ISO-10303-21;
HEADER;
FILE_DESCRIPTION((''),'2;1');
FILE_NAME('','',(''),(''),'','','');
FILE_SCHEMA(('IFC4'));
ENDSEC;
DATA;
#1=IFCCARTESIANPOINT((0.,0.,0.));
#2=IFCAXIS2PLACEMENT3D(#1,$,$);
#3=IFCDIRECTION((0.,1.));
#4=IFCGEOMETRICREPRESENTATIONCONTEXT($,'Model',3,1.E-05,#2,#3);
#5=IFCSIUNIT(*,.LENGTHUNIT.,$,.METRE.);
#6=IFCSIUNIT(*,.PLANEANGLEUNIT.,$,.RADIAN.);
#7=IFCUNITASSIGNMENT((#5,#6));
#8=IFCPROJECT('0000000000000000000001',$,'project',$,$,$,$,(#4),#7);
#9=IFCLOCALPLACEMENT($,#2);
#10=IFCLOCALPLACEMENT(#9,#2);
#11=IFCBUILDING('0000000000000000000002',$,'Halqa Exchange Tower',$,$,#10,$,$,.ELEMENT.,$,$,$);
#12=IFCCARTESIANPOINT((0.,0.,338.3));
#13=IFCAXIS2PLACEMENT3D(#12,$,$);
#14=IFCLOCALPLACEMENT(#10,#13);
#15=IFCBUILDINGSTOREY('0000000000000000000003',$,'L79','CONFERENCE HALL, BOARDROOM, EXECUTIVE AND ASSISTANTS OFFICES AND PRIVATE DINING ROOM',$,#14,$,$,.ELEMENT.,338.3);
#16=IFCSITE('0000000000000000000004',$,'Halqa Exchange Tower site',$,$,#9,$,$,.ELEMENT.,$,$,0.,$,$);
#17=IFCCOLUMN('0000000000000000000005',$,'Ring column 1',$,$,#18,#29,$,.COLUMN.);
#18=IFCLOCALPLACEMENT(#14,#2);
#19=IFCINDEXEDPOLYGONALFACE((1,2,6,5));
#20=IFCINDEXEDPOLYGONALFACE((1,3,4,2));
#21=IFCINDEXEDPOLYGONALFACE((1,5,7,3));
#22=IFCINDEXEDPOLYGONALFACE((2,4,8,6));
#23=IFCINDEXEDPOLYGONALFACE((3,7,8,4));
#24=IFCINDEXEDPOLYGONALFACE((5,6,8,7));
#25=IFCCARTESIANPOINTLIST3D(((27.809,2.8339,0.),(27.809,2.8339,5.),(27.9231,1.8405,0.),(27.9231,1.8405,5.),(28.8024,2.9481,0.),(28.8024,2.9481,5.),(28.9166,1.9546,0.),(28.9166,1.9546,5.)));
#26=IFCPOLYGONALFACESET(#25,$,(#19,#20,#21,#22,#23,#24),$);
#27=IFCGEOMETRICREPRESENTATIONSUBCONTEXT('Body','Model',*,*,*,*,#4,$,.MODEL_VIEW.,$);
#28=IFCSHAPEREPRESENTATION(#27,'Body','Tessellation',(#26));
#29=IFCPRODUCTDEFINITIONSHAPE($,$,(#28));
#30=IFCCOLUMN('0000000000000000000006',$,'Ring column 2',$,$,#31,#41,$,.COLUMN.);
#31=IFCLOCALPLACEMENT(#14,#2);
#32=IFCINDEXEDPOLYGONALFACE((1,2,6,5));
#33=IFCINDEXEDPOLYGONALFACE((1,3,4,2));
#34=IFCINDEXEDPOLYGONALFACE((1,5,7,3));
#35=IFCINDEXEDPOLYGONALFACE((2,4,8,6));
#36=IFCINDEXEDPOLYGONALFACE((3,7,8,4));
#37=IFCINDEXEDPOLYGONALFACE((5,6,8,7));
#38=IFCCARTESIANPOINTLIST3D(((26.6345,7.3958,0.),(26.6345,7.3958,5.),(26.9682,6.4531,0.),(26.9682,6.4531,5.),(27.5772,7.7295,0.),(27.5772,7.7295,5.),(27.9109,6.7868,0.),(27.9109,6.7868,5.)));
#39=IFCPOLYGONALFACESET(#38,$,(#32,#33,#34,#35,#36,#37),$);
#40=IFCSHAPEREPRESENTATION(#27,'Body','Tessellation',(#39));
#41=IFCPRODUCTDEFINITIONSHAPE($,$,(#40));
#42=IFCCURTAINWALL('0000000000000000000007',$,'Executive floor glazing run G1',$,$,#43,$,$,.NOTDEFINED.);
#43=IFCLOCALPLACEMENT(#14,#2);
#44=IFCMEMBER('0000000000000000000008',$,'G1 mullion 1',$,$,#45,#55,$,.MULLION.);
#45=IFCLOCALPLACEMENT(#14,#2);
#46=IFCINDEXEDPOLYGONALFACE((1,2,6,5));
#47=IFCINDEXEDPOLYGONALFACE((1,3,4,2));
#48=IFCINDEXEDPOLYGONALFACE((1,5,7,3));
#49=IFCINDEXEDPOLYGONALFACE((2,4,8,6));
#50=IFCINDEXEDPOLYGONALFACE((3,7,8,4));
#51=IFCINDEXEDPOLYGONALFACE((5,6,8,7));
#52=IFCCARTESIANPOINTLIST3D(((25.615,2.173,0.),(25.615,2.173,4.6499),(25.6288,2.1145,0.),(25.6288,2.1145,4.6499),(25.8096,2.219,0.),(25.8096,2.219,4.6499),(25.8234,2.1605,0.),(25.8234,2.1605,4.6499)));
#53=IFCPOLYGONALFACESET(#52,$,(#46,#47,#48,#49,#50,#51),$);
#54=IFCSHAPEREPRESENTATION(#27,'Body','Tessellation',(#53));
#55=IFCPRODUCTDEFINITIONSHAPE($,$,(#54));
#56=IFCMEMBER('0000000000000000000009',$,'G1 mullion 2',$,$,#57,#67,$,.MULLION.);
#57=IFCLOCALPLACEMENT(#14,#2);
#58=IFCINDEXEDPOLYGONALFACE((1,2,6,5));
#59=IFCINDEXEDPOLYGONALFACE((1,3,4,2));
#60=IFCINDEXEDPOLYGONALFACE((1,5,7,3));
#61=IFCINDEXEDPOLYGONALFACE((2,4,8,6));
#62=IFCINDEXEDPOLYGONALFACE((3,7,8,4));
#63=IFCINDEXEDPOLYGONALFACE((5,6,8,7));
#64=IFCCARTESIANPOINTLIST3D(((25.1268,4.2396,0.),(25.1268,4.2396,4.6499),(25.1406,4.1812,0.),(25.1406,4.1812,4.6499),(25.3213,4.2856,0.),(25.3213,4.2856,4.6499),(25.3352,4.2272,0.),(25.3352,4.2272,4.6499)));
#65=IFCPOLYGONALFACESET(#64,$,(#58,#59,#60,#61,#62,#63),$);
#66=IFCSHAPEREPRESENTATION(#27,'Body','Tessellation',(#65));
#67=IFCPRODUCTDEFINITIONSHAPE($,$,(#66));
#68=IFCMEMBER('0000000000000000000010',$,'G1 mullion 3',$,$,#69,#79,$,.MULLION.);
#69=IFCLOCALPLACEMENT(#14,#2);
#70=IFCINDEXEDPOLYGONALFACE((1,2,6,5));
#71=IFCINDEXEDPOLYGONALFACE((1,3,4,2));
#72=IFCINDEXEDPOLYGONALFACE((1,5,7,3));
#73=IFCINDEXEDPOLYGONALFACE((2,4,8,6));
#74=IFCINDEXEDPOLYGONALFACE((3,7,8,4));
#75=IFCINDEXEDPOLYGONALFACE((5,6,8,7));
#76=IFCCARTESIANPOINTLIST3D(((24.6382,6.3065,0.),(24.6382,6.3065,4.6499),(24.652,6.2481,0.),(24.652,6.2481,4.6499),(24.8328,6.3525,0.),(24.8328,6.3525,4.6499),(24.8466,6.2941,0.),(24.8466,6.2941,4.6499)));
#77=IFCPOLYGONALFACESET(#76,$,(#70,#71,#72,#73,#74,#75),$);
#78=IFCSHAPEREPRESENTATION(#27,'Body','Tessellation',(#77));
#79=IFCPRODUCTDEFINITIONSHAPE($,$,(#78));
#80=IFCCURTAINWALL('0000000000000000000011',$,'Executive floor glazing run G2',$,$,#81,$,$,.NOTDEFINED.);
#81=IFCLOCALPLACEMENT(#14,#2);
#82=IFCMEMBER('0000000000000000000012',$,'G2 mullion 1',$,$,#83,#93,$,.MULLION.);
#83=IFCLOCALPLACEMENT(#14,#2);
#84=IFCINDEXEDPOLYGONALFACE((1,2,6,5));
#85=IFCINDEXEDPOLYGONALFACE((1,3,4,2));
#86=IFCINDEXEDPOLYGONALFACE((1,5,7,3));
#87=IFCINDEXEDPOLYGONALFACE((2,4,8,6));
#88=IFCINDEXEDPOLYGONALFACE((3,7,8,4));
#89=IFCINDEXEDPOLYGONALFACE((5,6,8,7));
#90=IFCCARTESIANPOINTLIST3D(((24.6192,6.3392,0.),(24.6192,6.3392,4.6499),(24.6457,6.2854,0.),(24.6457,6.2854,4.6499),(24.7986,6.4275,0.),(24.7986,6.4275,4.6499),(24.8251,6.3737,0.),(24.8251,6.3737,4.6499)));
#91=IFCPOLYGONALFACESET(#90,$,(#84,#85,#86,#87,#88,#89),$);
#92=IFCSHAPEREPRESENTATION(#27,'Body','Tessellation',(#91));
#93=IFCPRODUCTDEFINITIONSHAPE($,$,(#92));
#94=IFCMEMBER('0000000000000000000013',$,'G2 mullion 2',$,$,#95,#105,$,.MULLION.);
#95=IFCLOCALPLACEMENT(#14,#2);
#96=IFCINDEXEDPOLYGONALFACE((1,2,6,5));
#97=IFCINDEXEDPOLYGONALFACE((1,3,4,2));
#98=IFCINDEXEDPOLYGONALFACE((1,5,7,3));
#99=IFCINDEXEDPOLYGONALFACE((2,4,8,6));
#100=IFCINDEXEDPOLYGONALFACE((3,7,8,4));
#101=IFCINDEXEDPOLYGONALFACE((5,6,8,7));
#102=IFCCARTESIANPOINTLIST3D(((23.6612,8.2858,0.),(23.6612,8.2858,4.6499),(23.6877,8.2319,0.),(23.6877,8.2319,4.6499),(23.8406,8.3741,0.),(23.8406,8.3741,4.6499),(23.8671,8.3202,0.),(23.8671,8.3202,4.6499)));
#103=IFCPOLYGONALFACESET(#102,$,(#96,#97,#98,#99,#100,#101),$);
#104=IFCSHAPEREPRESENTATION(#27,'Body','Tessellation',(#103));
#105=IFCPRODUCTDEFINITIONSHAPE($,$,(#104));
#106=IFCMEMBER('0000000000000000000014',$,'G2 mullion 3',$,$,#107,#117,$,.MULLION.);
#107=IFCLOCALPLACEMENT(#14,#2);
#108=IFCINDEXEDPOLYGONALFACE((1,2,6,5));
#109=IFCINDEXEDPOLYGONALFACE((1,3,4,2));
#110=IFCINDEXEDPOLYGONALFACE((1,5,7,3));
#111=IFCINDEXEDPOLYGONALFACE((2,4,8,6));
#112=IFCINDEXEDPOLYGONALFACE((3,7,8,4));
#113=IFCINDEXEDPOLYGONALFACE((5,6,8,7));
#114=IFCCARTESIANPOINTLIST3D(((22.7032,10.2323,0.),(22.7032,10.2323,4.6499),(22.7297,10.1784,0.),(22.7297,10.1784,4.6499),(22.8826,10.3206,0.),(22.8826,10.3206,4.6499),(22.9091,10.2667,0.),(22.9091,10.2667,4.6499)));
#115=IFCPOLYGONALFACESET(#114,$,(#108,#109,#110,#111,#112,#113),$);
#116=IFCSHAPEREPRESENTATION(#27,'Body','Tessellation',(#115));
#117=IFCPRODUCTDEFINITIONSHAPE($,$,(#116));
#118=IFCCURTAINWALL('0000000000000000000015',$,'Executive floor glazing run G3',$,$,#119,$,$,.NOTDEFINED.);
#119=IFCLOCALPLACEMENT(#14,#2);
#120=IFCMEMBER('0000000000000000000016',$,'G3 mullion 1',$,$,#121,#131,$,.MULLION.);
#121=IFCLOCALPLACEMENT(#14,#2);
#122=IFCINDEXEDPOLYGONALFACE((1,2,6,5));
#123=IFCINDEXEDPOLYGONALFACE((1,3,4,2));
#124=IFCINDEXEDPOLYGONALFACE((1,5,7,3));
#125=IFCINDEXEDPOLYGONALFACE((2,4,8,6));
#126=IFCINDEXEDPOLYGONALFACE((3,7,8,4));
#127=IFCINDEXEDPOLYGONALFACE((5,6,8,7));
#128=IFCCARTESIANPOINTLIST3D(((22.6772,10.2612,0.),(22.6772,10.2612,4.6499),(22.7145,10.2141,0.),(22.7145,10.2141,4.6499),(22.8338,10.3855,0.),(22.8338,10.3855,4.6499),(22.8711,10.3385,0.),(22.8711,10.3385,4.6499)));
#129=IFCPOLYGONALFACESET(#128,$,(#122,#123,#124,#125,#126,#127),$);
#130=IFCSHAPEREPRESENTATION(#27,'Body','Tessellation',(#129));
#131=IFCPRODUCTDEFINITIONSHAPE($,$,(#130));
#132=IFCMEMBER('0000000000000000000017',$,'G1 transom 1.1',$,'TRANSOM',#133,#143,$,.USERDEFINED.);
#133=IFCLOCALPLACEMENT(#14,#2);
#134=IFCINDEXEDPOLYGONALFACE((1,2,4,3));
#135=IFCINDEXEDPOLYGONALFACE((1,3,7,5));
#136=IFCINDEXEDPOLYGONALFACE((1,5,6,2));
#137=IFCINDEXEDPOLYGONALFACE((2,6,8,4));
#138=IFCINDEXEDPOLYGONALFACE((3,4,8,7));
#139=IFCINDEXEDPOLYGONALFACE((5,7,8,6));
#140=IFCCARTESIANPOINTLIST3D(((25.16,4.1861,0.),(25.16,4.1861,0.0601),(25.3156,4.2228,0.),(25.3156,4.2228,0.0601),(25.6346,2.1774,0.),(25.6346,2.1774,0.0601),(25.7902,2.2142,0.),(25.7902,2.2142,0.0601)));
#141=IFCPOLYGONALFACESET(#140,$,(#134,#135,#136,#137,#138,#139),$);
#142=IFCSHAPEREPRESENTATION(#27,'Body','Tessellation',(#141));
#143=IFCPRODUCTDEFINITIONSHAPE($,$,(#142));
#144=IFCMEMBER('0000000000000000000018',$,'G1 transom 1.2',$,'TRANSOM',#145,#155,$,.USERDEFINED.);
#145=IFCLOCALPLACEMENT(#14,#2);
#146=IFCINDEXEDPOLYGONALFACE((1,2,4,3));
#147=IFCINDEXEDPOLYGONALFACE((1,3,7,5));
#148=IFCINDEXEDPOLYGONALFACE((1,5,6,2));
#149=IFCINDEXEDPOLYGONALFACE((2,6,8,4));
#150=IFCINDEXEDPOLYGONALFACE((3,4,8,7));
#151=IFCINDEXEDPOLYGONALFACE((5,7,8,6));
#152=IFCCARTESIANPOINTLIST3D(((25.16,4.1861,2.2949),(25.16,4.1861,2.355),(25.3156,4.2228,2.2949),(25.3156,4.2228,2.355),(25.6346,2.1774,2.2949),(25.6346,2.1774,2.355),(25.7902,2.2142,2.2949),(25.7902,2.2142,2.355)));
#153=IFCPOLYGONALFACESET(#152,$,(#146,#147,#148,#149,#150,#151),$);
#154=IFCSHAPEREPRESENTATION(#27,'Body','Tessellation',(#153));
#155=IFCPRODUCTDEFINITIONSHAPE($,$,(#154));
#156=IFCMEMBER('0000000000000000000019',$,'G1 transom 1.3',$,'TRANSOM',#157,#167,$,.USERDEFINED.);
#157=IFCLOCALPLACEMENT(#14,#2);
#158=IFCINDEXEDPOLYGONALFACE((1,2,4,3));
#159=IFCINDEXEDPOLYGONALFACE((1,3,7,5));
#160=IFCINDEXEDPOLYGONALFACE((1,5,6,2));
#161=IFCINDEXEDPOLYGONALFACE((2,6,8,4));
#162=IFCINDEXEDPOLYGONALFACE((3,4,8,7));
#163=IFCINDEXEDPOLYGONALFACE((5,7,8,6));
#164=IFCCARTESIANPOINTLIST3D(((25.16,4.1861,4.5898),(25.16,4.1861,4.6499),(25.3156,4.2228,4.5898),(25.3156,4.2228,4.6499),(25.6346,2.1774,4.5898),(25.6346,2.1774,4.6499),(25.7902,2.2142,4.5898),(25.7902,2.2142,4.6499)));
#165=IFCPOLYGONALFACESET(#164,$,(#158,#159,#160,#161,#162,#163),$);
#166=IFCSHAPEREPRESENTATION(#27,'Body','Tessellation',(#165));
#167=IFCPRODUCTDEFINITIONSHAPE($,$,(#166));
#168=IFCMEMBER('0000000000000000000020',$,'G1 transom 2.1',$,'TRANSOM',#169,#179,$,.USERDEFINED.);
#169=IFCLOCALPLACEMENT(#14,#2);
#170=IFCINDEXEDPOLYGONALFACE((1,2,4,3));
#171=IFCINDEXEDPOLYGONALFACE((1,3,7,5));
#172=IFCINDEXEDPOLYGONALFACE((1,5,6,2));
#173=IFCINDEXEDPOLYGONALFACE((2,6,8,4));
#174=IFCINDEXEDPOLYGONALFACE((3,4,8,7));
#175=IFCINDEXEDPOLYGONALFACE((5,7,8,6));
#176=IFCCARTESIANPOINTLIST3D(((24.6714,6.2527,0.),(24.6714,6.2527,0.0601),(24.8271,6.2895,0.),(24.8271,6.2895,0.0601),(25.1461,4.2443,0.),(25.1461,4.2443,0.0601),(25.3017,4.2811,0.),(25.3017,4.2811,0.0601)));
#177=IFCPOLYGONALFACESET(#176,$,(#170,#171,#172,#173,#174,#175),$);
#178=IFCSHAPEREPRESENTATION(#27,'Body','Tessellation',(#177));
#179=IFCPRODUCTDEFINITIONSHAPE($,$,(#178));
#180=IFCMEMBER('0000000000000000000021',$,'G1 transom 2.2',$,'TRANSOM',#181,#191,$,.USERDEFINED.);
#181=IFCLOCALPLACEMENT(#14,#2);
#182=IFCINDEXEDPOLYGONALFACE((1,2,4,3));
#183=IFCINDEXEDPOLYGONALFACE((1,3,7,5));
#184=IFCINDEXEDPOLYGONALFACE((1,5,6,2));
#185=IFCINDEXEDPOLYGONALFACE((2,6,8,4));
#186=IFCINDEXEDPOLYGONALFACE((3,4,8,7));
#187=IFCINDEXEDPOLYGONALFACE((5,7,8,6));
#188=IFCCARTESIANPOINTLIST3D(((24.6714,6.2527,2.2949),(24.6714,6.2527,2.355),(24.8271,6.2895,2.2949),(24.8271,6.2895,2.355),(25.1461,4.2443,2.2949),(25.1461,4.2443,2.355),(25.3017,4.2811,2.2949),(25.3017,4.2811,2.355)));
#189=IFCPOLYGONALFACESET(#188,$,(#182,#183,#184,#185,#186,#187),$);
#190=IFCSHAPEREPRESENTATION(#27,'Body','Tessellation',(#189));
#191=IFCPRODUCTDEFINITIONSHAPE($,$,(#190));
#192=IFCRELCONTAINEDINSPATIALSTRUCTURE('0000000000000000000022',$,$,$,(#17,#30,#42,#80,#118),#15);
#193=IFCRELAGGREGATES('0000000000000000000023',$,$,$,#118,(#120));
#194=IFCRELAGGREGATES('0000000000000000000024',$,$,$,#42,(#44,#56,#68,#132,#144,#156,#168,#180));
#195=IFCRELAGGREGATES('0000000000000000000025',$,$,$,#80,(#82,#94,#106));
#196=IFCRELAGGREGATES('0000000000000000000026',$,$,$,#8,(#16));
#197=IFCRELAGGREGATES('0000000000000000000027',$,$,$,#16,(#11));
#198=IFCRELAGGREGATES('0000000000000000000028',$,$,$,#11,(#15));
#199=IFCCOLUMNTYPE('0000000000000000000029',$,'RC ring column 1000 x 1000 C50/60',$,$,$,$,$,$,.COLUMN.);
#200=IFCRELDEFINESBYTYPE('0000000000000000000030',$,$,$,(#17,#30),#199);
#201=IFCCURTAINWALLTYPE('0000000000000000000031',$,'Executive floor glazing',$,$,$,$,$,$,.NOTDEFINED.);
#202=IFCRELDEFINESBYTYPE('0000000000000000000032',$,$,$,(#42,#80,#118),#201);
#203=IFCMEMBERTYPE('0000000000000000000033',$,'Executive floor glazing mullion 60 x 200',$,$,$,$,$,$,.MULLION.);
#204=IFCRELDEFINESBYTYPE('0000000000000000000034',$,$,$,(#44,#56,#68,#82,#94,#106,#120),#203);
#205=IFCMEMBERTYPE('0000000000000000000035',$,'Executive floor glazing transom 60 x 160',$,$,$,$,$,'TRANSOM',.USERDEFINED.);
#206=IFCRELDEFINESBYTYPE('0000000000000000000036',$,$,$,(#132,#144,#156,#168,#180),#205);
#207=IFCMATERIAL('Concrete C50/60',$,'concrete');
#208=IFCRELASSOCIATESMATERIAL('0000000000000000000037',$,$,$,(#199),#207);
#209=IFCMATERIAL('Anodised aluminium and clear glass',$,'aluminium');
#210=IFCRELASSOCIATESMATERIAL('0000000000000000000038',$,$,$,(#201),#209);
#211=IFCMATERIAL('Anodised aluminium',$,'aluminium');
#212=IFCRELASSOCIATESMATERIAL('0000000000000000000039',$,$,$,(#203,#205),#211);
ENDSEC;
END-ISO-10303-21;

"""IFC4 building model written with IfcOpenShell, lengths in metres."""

from ifc_helpers import new_model, si_unit, direction, frame, origin, origin_2d, place, context, subcontext, project, spatial, rectangle, extrude, material, material_profile, profile_set, type_object, element, aggregate, save


model = new_model("IFC4")

# Units and contexts
model_context = context("Model", 3, precision=1e-05, world=origin(), true_north=direction((0.0, 1.0)))
body_context = subcontext(model_context, "Body", "Model", "MODEL_VIEW")
ifc_project = project(units=[si_unit("LENGTHUNIT", "METRE"), si_unit("PLANEANGLEUNIT", "RADIAN")], contexts=[model_context])

# Site, building, storey
site_placement = place(None, origin())
site = spatial("IfcSite", under=ifc_project, at=site_placement, Name="Halqa Exchange Tower site", CompositionType="ELEMENT", RefElevation=0.0)
building_placement = place(site_placement, origin())
building = spatial("IfcBuilding", under=site, at=building_placement, Name="Halqa Exchange Tower", CompositionType="ELEMENT")
storey_placement = place(building_placement, frame((0.0, 0.0, 338.3)))
storey = spatial("IfcBuildingStorey", under=building, at=storey_placement, Name="L79", Description="CONFERENCE HALL, BOARDROOM, EXECUTIVE AND ASSISTANTS OFFICES AND PRIVATE DINING ROOM", CompositionType="ELEMENT", Elevation=338.3)

# Columns
ifc_material_1 = material(Name="Concrete C50/60", Category="concrete")
ifc_material_profile_1 = material_profile(ifc_material_1, rectangle(XDim=1.0, YDim=1.0, at=origin_2d()), Name="1000 x 1000")
ifc_profile_set_1 = profile_set([ifc_material_profile_1], Name="Concrete C50/60")
column_type = type_object("IfcColumnType", Name="RC ring column 1000 x 1000 C50/60", PredefinedType="COLUMN", material=ifc_profile_set_1)
for number, where, z_axis, x_axis, name in (
    (1, (28.3628, 2.3943, 0.0), (0.0, 0.0, 1.0), (-0.11416, 0.993462, 0.0), "Ring column 1"),
    (2, (27.2727, 7.0913, 0.0), (0.0, 0.0, 1.0), (-0.333624, 0.942706, 0.0), "Ring column 2"),
):
    element("IfcColumn", number, at=place(storey_placement, frame(where, z_axis=z_axis, x_axis=x_axis)), inside=storey, type_object=column_type, Name=name, PredefinedType="COLUMN", context=body_context, shape_type="SweptSolid", body=[
        extrude(rectangle(XDim=1.0, YDim=1.0, at=origin_2d()), origin(), (0.0, 0.0, 1.0), 5.0),
    ])

# Curtain walls, members
ifc_material_2 = material(Name="Anodised aluminium and clear glass", Category="aluminium")
curtain_wall_type = type_object("IfcCurtainWallType", Name="Executive floor glazing", PredefinedType="NOTDEFINED", material=ifc_material_2)
curtain_wall_1_placement = place(storey_placement, origin())
curtain_wall_1 = element("IfcCurtainWall", 3, at=curtain_wall_1_placement, inside=storey, type_object=curtain_wall_type, Name="Executive floor glazing run G1", PredefinedType="NOTDEFINED")
ifc_material_3 = material(Name="Anodised aluminium", Category="aluminium")
ifc_material_profile_2 = material_profile(ifc_material_3, rectangle(XDim=0.2, YDim=0.0601, at=origin_2d()), Name="AL 60x200")
ifc_profile_set_2 = profile_set([ifc_material_profile_2], Name="Anodised aluminium")
member_type_1 = type_object("IfcMemberType", Name="Executive floor glazing mullion 60 x 200", PredefinedType="MULLION", material=ifc_profile_set_2)
member_1_placement = place(storey_placement, frame((25.7192, 2.1667, 0.0), z_axis=(0.0, 0.0, 1.0), x_axis=(-0.973192, -0.229995, 0.0)))
member_1 = element("IfcMember", 4, at=member_1_placement, type_object=member_type_1, Name="G1 mullion 1", PredefinedType="MULLION", context=body_context, shape_type="SweptSolid", body=[
    extrude(rectangle(XDim=0.2, YDim=0.0601, at=origin_2d()), origin(), (0.0, 0.0, 1.0), 4.6499),
])
member_2_placement = place(storey_placement, frame((25.231, 4.2334, 0.0), z_axis=(0.0, 0.0, 1.0), x_axis=(-0.973192, -0.229995, 0.0)))
member_2 = element("IfcMember", 5, at=member_2_placement, type_object=member_type_1, Name="G1 mullion 2", PredefinedType="MULLION", context=body_context, shape_type="SweptSolid", body=[
    extrude(rectangle(XDim=0.2, YDim=0.0601, at=origin_2d()), origin(), (0.0, 0.0, 1.0), 4.6499),
])
member_3_placement = place(storey_placement, frame((24.7424, 6.3003, 0.0), z_axis=(0.0, 0.0, 1.0), x_axis=(-0.973192, -0.229995, 0.0)))
member_3 = element("IfcMember", 6, at=member_3_placement, type_object=member_type_1, Name="G1 mullion 3", PredefinedType="MULLION", context=body_context, shape_type="SweptSolid", body=[
    extrude(rectangle(XDim=0.2, YDim=0.0601, at=origin_2d()), origin(), (0.0, 0.0, 1.0), 4.6499),
])
curtain_wall_2_placement = place(storey_placement, origin())
curtain_wall_2 = element("IfcCurtainWall", 7, at=curtain_wall_2_placement, inside=storey, type_object=curtain_wall_type, Name="Executive floor glazing run G2", PredefinedType="NOTDEFINED")
member_4_placement = place(storey_placement, frame((24.7222, 6.3564, 0.0), z_axis=(0.0, 0.0, 1.0), x_axis=(-0.897215, -0.441595, 0.0)))
member_4 = element("IfcMember", 8, at=member_4_placement, type_object=member_type_1, Name="G2 mullion 1", PredefinedType="MULLION", context=body_context, shape_type="SweptSolid", body=[
    extrude(rectangle(XDim=0.2, YDim=0.0601, at=origin_2d()), origin(), (0.0, 0.0, 1.0), 4.6499),
])
member_5_placement = place(storey_placement, frame((23.7642, 8.303, 0.0), z_axis=(0.0, 0.0, 1.0), x_axis=(-0.897215, -0.441595, 0.0)))
member_5 = element("IfcMember", 9, at=member_5_placement, type_object=member_type_1, Name="G2 mullion 2", PredefinedType="MULLION", context=body_context, shape_type="SweptSolid", body=[
    extrude(rectangle(XDim=0.2, YDim=0.0601, at=origin_2d()), origin(), (0.0, 0.0, 1.0), 4.6499),
])
member_6_placement = place(storey_placement, frame((22.8062, 10.2495, 0.0), z_axis=(0.0, 0.0, 1.0), x_axis=(-0.897215, -0.441595, 0.0)))
member_6 = element("IfcMember", 10, at=member_6_placement, type_object=member_type_1, Name="G2 mullion 3", PredefinedType="MULLION", context=body_context, shape_type="SweptSolid", body=[
    extrude(rectangle(XDim=0.2, YDim=0.0601, at=origin_2d()), origin(), (0.0, 0.0, 1.0), 4.6499),
])

# Curtain wall, member
curtain_wall_3_placement = place(storey_placement, origin())
curtain_wall_3 = element("IfcCurtainWall", 11, at=curtain_wall_3_placement, inside=storey, type_object=curtain_wall_type, Name="Executive floor glazing run G3", PredefinedType="NOTDEFINED")
member_7_placement = place(storey_placement, frame((22.7742, 10.2998, 0.0), z_axis=(0.0, 0.0, 1.0), x_axis=(-0.783162, -0.621817, 0.0)))
member_7 = element("IfcMember", 12, at=member_7_placement, type_object=member_type_1, Name="G3 mullion 1", PredefinedType="MULLION", context=body_context, shape_type="SweptSolid", body=[
    extrude(rectangle(XDim=0.2, YDim=0.0601, at=origin_2d()), origin(), (0.0, 0.0, 1.0), 4.6499),
])
aggregate(curtain_wall_3, [member_7])

# Members
ifc_material_profile_3 = material_profile(ifc_material_3, rectangle(XDim=0.1599, YDim=0.0601, at=origin_2d()), Name="AL 60x160")
ifc_profile_set_3 = profile_set([ifc_material_profile_3], Name="Anodised aluminium")
member_type_2 = type_object("IfcMemberType", Name="Executive floor glazing transom 60 x 160", ElementType="TRANSOM", PredefinedType="USERDEFINED", material=ifc_profile_set_3)
member_8_placement = place(storey_placement, frame((25.7124, 2.1958, 0.03), z_axis=(-0.229962, 0.9732, 0.0), x_axis=(-0.9732, -0.229962, 0.0)))
member_8 = element("IfcMember", 13, at=member_8_placement, type_object=member_type_2, Name="G1 transom 1.1", ObjectType="TRANSOM", PredefinedType="USERDEFINED", context=body_context, shape_type="SweptSolid", body=[
    extrude(rectangle(XDim=0.1599, YDim=0.0601, at=origin_2d()), origin(), (0.0, 0.0, 1.0), 2.064),
])
member_9_placement = place(storey_placement, frame((25.7124, 2.1958, 2.325), z_axis=(-0.229962, 0.9732, 0.0), x_axis=(-0.9732, -0.229962, 0.0)))
member_9 = element("IfcMember", 14, at=member_9_placement, type_object=member_type_2, Name="G1 transom 1.2", ObjectType="TRANSOM", PredefinedType="USERDEFINED", context=body_context, shape_type="SweptSolid", body=[
    extrude(rectangle(XDim=0.1599, YDim=0.0601, at=origin_2d()), origin(), (0.0, 0.0, 1.0), 2.064),
])
member_10_placement = place(storey_placement, frame((25.7124, 2.1958, 4.6199), z_axis=(-0.229962, 0.9732, 0.0), x_axis=(-0.9732, -0.229962, 0.0)))
member_10 = element("IfcMember", 15, at=member_10_placement, type_object=member_type_2, Name="G1 transom 1.3", ObjectType="TRANSOM", PredefinedType="USERDEFINED", context=body_context, shape_type="SweptSolid", body=[
    extrude(rectangle(XDim=0.1599, YDim=0.0601, at=origin_2d()), origin(), (0.0, 0.0, 1.0), 2.064),
])
member_11_placement = place(storey_placement, frame((25.2239, 4.2627, 0.03), z_axis=(-0.229989, 0.973193, 0.0), x_axis=(-0.973193, -0.229989, 0.0)))
member_11 = element("IfcMember", 16, at=member_11_placement, type_object=member_type_2, Name="G1 transom 2.1", ObjectType="TRANSOM", PredefinedType="USERDEFINED", context=body_context, shape_type="SweptSolid", body=[
    extrude(rectangle(XDim=0.1599, YDim=0.0601, at=origin_2d()), origin(), (0.0, 0.0, 1.0), 2.0637),
])
member_12_placement = place(storey_placement, frame((25.2239, 4.2627, 2.325), z_axis=(-0.229989, 0.973193, 0.0), x_axis=(-0.973193, -0.229989, 0.0)))
member_12 = element("IfcMember", 17, at=member_12_placement, type_object=member_type_2, Name="G1 transom 2.2", ObjectType="TRANSOM", PredefinedType="USERDEFINED", context=body_context, shape_type="SweptSolid", body=[
    extrude(rectangle(XDim=0.1599, YDim=0.0601, at=origin_2d()), origin(), (0.0, 0.0, 1.0), 2.0637),
])

aggregate(curtain_wall_1, [member_1, member_2, member_3, member_8, member_9, member_10, member_11, member_12])
aggregate(curtain_wall_2, [member_4, member_5, member_6])

save(model, "model.ifc")
